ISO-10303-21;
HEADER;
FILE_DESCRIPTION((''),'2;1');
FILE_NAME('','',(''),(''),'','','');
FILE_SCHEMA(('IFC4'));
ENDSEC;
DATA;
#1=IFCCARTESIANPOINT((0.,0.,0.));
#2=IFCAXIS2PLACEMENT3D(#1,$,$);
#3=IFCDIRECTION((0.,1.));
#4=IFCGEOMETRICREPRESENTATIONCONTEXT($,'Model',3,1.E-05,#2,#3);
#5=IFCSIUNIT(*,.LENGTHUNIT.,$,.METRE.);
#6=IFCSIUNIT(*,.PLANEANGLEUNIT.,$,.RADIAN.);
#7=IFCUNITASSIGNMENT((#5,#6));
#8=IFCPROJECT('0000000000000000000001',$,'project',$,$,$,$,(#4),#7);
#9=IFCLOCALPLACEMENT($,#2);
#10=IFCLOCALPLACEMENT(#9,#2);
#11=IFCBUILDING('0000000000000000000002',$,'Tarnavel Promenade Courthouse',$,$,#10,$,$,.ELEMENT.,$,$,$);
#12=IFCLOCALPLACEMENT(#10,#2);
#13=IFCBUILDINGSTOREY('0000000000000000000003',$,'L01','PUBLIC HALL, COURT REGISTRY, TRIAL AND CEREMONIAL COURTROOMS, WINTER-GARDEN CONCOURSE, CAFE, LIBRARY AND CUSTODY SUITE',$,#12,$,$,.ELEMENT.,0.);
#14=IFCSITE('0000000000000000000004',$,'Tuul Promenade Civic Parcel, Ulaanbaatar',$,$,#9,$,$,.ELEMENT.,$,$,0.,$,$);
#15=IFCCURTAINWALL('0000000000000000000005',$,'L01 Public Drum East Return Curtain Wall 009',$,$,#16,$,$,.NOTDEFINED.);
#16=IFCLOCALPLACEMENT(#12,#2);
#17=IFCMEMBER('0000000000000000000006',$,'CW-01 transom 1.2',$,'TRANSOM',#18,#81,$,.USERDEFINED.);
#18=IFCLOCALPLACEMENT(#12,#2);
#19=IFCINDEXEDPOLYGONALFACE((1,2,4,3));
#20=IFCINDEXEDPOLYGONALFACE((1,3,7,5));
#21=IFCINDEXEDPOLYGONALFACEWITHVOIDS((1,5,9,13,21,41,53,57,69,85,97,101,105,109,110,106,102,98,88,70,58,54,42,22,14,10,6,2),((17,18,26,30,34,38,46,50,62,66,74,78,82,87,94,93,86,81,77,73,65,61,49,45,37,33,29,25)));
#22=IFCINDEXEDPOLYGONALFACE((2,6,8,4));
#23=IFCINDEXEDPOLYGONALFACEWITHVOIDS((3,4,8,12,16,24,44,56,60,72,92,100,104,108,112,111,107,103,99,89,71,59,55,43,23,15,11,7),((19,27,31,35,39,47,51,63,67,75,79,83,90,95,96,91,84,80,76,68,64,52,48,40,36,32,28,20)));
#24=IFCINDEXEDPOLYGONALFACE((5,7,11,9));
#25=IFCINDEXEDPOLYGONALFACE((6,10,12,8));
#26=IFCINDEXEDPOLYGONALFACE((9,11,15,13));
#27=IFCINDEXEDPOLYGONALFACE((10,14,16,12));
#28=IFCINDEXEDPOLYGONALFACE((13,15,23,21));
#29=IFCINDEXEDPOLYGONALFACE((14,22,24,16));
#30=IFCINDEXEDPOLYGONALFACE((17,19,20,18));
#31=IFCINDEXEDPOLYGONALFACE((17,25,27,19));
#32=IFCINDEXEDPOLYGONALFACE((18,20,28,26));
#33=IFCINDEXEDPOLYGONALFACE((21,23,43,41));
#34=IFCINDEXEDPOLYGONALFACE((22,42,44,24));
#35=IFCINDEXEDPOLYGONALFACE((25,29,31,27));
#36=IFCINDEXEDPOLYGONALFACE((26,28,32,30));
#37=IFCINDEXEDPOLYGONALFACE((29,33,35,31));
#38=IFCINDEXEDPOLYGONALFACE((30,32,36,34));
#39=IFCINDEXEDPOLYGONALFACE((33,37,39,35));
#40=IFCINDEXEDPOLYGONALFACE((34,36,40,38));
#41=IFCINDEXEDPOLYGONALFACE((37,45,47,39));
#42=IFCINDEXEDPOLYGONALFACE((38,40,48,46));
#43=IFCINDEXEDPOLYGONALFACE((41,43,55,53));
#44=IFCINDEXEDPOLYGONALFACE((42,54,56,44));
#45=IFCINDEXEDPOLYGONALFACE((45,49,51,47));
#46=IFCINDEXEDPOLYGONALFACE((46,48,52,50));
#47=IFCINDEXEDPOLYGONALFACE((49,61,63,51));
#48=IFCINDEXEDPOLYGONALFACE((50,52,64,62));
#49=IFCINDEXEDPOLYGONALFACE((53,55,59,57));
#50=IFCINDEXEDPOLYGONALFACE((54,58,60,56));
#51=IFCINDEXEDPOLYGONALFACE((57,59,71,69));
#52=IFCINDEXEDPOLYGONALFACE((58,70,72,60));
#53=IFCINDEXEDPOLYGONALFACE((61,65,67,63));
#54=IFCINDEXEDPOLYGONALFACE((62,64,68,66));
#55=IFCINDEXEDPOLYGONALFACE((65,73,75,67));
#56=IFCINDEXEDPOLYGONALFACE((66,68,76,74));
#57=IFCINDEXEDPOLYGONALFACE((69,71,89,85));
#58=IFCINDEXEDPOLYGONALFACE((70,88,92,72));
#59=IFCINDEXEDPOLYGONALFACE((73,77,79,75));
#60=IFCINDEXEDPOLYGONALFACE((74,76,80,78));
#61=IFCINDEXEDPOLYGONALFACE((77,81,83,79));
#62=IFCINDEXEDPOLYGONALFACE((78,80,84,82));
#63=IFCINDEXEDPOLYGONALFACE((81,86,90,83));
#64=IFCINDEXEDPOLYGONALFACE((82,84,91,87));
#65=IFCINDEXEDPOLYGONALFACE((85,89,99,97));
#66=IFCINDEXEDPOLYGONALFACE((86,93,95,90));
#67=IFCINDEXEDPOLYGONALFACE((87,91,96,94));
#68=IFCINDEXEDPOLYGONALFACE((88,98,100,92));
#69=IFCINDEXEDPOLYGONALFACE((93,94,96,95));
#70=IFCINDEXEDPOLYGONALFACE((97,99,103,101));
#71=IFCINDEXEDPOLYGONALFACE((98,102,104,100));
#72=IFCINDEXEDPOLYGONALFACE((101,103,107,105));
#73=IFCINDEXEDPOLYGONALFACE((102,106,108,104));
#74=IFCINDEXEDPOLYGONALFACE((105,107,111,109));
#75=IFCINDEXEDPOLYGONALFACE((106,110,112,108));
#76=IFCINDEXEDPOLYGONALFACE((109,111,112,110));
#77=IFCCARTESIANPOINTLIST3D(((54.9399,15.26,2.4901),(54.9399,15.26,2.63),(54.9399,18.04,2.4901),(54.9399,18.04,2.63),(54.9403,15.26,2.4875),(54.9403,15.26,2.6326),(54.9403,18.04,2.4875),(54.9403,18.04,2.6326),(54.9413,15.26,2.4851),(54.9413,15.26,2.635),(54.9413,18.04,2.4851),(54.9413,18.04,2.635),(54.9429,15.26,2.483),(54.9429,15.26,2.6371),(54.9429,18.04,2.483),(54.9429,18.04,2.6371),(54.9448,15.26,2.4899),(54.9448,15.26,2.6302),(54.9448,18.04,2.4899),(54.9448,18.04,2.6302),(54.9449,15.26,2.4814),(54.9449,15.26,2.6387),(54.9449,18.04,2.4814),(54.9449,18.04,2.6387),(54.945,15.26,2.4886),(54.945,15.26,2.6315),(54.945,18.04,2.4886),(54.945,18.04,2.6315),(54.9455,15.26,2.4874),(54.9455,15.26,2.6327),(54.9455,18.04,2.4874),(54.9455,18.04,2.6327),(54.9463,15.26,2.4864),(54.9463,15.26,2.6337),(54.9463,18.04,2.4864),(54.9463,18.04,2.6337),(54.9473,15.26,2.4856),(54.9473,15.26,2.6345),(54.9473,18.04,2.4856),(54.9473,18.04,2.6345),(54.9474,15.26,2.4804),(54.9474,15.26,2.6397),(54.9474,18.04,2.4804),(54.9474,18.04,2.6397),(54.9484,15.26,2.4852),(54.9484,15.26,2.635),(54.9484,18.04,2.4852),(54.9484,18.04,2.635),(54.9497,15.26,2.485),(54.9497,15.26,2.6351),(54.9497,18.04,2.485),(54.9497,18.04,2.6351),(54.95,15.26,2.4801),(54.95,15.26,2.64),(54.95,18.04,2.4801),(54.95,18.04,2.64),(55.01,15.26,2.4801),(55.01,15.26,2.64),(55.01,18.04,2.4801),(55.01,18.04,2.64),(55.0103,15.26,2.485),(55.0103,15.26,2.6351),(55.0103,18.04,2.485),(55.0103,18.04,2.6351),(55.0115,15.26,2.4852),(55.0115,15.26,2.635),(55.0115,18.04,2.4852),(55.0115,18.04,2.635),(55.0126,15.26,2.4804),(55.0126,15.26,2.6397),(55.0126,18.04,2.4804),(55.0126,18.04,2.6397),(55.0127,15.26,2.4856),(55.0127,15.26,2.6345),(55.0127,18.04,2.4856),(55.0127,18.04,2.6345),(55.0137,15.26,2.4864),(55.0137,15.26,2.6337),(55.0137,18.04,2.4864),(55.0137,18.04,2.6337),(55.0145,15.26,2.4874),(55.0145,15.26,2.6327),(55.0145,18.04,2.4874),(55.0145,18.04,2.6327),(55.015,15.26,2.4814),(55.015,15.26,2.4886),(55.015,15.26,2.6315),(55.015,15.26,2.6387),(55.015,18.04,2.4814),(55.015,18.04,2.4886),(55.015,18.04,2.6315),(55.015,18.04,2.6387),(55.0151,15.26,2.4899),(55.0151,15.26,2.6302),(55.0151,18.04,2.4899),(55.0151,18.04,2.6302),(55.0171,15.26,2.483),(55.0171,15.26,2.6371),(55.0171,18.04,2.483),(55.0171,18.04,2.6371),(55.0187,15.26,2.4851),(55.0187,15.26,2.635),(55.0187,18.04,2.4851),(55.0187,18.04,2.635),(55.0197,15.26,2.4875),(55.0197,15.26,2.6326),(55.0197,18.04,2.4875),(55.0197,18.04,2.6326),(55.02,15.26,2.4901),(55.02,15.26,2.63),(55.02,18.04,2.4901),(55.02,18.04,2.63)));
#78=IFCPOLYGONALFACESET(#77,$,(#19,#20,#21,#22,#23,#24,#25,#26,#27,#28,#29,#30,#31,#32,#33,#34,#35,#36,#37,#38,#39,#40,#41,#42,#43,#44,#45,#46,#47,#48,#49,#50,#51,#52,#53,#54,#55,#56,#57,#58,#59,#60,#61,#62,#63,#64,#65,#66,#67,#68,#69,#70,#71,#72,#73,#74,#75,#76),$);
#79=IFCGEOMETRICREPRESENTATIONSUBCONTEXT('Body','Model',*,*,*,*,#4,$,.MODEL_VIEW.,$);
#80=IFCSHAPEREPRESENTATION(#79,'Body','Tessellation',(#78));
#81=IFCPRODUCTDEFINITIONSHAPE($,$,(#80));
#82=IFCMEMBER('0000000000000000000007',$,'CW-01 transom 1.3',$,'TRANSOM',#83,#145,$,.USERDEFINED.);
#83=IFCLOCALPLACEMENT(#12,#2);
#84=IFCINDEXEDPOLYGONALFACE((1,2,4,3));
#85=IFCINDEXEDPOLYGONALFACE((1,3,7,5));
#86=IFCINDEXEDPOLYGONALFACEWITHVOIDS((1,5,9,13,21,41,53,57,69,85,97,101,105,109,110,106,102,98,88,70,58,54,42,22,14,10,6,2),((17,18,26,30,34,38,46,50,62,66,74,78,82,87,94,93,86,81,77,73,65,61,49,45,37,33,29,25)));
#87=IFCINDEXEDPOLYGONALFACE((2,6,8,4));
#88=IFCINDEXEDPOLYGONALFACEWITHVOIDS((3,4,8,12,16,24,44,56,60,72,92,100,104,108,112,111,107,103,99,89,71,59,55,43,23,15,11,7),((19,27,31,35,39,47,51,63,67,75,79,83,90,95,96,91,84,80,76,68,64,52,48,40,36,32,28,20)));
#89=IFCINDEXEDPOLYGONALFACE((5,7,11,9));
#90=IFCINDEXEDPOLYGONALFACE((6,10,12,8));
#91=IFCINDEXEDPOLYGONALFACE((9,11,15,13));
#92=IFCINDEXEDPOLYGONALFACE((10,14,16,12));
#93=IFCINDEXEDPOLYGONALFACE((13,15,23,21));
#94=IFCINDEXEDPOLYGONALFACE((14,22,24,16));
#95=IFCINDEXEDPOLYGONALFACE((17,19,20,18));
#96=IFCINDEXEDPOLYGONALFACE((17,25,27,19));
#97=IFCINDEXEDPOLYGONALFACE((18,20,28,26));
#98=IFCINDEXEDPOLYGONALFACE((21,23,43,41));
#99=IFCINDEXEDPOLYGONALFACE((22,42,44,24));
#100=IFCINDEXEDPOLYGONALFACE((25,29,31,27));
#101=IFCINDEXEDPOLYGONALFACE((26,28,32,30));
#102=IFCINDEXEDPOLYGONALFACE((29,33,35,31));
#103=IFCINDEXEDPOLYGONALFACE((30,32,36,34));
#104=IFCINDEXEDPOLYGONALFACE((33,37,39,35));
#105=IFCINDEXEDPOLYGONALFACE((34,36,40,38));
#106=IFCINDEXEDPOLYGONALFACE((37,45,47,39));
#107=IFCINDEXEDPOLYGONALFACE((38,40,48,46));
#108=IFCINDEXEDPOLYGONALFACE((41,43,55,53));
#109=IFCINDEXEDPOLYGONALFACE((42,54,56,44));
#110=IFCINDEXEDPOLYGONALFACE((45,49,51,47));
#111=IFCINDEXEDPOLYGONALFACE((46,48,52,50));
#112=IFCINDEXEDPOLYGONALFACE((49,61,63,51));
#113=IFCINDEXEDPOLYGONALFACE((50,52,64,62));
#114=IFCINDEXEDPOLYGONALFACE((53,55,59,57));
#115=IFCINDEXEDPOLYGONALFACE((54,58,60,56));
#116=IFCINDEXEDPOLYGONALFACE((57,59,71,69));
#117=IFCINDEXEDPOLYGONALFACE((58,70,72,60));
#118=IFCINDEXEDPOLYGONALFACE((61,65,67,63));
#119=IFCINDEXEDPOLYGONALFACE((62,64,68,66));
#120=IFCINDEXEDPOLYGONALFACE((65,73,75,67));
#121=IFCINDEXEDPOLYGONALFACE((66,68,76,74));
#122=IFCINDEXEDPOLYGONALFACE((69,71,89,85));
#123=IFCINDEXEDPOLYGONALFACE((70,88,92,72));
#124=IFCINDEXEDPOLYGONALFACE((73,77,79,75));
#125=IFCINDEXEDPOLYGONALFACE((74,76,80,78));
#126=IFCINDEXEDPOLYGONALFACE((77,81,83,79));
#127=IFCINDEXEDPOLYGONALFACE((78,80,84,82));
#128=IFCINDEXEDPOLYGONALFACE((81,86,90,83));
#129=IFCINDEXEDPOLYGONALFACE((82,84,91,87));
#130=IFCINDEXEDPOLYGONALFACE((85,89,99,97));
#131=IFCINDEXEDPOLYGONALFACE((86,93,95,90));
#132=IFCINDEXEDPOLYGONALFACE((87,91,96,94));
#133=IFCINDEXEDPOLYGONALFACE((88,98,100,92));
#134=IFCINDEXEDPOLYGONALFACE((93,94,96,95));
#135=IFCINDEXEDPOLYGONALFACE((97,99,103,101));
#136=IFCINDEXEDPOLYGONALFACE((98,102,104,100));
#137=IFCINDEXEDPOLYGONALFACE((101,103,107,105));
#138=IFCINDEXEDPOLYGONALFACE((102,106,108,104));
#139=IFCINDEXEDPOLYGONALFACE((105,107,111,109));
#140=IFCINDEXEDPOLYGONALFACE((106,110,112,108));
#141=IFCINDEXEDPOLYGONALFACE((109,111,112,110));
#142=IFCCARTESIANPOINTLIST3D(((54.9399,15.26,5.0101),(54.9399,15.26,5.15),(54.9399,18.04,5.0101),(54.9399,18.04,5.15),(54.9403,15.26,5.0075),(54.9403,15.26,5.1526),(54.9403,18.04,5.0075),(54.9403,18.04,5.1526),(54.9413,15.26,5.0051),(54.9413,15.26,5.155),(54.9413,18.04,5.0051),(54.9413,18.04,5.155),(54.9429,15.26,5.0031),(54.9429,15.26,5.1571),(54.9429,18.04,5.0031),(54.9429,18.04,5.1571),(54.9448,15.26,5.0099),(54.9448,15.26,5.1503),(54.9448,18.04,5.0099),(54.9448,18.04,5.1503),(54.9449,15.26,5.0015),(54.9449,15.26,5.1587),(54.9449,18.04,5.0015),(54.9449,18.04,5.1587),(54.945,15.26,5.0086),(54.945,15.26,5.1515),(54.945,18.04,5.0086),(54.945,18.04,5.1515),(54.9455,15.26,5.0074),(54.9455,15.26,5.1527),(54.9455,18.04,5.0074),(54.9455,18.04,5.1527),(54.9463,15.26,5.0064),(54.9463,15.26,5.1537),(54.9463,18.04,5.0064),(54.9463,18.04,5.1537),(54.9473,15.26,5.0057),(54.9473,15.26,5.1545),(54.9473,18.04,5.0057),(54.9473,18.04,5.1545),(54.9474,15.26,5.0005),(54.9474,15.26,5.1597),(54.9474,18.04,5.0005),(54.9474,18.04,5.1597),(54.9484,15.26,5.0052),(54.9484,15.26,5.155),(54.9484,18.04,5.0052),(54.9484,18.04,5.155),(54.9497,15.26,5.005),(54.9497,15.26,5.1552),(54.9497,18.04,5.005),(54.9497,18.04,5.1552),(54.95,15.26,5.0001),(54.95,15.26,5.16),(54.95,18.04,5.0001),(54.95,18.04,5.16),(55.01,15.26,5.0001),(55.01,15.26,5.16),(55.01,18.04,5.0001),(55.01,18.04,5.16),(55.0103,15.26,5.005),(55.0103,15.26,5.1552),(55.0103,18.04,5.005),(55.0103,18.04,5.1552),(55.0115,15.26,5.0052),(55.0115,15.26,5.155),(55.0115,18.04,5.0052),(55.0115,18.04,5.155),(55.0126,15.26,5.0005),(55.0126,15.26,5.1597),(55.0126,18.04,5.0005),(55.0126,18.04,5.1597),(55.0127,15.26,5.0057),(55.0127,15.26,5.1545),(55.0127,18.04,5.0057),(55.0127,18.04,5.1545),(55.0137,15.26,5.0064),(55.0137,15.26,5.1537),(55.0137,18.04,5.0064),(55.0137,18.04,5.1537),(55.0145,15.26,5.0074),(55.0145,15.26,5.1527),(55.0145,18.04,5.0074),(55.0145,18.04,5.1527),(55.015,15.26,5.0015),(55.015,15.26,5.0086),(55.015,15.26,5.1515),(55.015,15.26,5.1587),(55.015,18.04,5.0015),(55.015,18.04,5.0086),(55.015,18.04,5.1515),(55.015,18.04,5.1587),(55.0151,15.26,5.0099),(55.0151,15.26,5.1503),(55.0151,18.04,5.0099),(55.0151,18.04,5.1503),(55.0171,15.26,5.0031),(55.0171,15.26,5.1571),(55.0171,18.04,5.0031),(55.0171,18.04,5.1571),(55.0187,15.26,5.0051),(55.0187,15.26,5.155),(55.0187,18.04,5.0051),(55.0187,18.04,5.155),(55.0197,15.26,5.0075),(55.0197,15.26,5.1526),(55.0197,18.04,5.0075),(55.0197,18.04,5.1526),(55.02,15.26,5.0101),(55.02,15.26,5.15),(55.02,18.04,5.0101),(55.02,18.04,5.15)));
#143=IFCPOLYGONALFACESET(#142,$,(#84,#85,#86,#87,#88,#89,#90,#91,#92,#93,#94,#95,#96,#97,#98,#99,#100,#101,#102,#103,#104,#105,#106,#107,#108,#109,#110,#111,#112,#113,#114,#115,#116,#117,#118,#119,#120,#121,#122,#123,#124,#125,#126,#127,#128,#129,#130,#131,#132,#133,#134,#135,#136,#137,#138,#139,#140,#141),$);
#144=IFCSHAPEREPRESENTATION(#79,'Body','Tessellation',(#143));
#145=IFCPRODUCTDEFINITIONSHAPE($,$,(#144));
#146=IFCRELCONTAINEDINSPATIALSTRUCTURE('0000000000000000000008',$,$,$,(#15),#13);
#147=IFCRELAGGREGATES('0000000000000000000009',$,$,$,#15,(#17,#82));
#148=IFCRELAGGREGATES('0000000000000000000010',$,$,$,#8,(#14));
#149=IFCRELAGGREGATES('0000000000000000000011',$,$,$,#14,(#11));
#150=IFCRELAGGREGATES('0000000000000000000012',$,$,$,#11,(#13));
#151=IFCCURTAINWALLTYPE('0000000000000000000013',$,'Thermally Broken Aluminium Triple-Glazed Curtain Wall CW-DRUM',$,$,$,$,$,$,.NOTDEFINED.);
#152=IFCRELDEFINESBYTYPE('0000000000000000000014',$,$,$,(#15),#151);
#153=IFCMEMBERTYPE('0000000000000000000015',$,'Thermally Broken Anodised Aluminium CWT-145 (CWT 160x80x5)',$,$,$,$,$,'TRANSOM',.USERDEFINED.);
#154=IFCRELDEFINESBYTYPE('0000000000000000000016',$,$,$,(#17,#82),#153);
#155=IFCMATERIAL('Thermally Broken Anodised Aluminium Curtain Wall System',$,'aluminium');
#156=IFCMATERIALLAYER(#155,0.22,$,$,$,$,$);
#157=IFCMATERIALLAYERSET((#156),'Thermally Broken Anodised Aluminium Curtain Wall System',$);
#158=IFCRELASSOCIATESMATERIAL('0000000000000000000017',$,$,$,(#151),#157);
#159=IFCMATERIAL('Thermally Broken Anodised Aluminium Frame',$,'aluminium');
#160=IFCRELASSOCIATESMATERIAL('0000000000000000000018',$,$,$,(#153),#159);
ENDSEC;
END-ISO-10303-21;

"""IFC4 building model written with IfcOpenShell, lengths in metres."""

from ifc_helpers import new_model, si_unit, direction, frame, origin, origin_2d, place, context, subcontext, project, spatial, hollow_rectangle, extrude, material, layer, layer_set, material_profile, profile_set, type_object, element, aggregate, save


model = new_model("IFC4")

# Units and contexts
model_context = context("Model", 3, precision=1e-05, world=origin(), true_north=direction((0.0, 1.0)))
body_context = subcontext(model_context, "Body", "Model", "MODEL_VIEW")
ifc_project = project(units=[si_unit("LENGTHUNIT", "METRE"), si_unit("PLANEANGLEUNIT", "RADIAN")], contexts=[model_context])

# Site, building, storey
site_placement = place(None, origin())
site = spatial("IfcSite", under=ifc_project, at=site_placement, Name="Tuul Promenade Civic Parcel, Ulaanbaatar", CompositionType="ELEMENT", RefElevation=0.0)
building_placement = place(site_placement, origin())
building = spatial("IfcBuilding", under=site, at=building_placement, Name="Tarnavel Promenade Courthouse", CompositionType="ELEMENT")
storey_placement = place(building_placement, origin())
storey = spatial("IfcBuildingStorey", under=building, at=storey_placement, Name="L01", Description="PUBLIC HALL, COURT REGISTRY, TRIAL AND CEREMONIAL COURTROOMS, WINTER-GARDEN CONCOURSE, CAFE, LIBRARY AND CUSTODY SUITE", CompositionType="ELEMENT", Elevation=0.0)

# Curtain wall
ifc_material_1 = material(Name="Thermally Broken Anodised Aluminium Curtain Wall System", Category="aluminium")
ifc_layer_1 = layer(ifc_material_1, 0.22)
ifc_layer_set_1 = layer_set([ifc_layer_1], Name="Thermally Broken Anodised Aluminium Curtain Wall System")
curtain_wall_type = type_object("IfcCurtainWallType", Name="Thermally Broken Aluminium Triple-Glazed Curtain Wall CW-DRUM", PredefinedType="NOTDEFINED", material=ifc_layer_set_1)
ifc_material_2 = material(Name="Thermally Broken Anodised Aluminium Frame", Category="aluminium")
curtain_wall_1_placement = place(storey_placement, origin())
curtain_wall_1 = element("IfcCurtainWall", 1, at=curtain_wall_1_placement, inside=storey, type_object=curtain_wall_type, Name="L01 Public Drum East Return Curtain Wall 009", PredefinedType="NOTDEFINED")

# Members
ifc_material_profile_1 = material_profile(ifc_material_2, hollow_rectangle(XDim=0.0801, YDim=0.1599, WallThickness=0.0049, InnerFilletRadius=0.0049, OuterFilletRadius=0.01, at=origin_2d()), Name="CWT 160x80x5")
ifc_profile_set_1 = profile_set([ifc_material_profile_1], Name="Thermally Broken Anodised Aluminium Frame")
member_type_1 = type_object("IfcMemberType", Name="Thermally Broken Anodised Aluminium CWT-145 (CWT 160x80x5)", ElementType="TRANSOM", PredefinedType="USERDEFINED", material=ifc_profile_set_1)
member_1_placement = place(storey_placement, frame((54.98, 15.26, 2.5601), z_axis=(0.0, 1.0, 0.0), x_axis=(-1.0, 0.0, 0.0)))
member_1 = element("IfcMember", 2, at=member_1_placement, type_object=member_type_1, Name="CW-01 transom 1.2", ObjectType="TRANSOM", PredefinedType="USERDEFINED", context=body_context, shape_type="SweptSolid", body=[
    extrude(hollow_rectangle(XDim=0.0801, YDim=0.1599, WallThickness=0.0049, InnerFilletRadius=0.0049, OuterFilletRadius=0.01, at=origin_2d()), origin(), (0.0, 0.0, 1.0), 2.78),
])
member_2_placement = place(storey_placement, frame((54.98, 15.26, 5.0801), z_axis=(0.0, 1.0, 0.0), x_axis=(-1.0, 0.0, 0.0)))
member_2 = element("IfcMember", 3, at=member_2_placement, type_object=member_type_1, Name="CW-01 transom 1.3", ObjectType="TRANSOM", PredefinedType="USERDEFINED", context=body_context, shape_type="SweptSolid", body=[
    extrude(hollow_rectangle(XDim=0.0801, YDim=0.1599, WallThickness=0.0049, InnerFilletRadius=0.0049, OuterFilletRadius=0.01, at=origin_2d()), origin(), (0.0, 0.0, 1.0), 2.78),
])

aggregate(curtain_wall_1, [member_1, member_2])

save(model, "model.ifc")
